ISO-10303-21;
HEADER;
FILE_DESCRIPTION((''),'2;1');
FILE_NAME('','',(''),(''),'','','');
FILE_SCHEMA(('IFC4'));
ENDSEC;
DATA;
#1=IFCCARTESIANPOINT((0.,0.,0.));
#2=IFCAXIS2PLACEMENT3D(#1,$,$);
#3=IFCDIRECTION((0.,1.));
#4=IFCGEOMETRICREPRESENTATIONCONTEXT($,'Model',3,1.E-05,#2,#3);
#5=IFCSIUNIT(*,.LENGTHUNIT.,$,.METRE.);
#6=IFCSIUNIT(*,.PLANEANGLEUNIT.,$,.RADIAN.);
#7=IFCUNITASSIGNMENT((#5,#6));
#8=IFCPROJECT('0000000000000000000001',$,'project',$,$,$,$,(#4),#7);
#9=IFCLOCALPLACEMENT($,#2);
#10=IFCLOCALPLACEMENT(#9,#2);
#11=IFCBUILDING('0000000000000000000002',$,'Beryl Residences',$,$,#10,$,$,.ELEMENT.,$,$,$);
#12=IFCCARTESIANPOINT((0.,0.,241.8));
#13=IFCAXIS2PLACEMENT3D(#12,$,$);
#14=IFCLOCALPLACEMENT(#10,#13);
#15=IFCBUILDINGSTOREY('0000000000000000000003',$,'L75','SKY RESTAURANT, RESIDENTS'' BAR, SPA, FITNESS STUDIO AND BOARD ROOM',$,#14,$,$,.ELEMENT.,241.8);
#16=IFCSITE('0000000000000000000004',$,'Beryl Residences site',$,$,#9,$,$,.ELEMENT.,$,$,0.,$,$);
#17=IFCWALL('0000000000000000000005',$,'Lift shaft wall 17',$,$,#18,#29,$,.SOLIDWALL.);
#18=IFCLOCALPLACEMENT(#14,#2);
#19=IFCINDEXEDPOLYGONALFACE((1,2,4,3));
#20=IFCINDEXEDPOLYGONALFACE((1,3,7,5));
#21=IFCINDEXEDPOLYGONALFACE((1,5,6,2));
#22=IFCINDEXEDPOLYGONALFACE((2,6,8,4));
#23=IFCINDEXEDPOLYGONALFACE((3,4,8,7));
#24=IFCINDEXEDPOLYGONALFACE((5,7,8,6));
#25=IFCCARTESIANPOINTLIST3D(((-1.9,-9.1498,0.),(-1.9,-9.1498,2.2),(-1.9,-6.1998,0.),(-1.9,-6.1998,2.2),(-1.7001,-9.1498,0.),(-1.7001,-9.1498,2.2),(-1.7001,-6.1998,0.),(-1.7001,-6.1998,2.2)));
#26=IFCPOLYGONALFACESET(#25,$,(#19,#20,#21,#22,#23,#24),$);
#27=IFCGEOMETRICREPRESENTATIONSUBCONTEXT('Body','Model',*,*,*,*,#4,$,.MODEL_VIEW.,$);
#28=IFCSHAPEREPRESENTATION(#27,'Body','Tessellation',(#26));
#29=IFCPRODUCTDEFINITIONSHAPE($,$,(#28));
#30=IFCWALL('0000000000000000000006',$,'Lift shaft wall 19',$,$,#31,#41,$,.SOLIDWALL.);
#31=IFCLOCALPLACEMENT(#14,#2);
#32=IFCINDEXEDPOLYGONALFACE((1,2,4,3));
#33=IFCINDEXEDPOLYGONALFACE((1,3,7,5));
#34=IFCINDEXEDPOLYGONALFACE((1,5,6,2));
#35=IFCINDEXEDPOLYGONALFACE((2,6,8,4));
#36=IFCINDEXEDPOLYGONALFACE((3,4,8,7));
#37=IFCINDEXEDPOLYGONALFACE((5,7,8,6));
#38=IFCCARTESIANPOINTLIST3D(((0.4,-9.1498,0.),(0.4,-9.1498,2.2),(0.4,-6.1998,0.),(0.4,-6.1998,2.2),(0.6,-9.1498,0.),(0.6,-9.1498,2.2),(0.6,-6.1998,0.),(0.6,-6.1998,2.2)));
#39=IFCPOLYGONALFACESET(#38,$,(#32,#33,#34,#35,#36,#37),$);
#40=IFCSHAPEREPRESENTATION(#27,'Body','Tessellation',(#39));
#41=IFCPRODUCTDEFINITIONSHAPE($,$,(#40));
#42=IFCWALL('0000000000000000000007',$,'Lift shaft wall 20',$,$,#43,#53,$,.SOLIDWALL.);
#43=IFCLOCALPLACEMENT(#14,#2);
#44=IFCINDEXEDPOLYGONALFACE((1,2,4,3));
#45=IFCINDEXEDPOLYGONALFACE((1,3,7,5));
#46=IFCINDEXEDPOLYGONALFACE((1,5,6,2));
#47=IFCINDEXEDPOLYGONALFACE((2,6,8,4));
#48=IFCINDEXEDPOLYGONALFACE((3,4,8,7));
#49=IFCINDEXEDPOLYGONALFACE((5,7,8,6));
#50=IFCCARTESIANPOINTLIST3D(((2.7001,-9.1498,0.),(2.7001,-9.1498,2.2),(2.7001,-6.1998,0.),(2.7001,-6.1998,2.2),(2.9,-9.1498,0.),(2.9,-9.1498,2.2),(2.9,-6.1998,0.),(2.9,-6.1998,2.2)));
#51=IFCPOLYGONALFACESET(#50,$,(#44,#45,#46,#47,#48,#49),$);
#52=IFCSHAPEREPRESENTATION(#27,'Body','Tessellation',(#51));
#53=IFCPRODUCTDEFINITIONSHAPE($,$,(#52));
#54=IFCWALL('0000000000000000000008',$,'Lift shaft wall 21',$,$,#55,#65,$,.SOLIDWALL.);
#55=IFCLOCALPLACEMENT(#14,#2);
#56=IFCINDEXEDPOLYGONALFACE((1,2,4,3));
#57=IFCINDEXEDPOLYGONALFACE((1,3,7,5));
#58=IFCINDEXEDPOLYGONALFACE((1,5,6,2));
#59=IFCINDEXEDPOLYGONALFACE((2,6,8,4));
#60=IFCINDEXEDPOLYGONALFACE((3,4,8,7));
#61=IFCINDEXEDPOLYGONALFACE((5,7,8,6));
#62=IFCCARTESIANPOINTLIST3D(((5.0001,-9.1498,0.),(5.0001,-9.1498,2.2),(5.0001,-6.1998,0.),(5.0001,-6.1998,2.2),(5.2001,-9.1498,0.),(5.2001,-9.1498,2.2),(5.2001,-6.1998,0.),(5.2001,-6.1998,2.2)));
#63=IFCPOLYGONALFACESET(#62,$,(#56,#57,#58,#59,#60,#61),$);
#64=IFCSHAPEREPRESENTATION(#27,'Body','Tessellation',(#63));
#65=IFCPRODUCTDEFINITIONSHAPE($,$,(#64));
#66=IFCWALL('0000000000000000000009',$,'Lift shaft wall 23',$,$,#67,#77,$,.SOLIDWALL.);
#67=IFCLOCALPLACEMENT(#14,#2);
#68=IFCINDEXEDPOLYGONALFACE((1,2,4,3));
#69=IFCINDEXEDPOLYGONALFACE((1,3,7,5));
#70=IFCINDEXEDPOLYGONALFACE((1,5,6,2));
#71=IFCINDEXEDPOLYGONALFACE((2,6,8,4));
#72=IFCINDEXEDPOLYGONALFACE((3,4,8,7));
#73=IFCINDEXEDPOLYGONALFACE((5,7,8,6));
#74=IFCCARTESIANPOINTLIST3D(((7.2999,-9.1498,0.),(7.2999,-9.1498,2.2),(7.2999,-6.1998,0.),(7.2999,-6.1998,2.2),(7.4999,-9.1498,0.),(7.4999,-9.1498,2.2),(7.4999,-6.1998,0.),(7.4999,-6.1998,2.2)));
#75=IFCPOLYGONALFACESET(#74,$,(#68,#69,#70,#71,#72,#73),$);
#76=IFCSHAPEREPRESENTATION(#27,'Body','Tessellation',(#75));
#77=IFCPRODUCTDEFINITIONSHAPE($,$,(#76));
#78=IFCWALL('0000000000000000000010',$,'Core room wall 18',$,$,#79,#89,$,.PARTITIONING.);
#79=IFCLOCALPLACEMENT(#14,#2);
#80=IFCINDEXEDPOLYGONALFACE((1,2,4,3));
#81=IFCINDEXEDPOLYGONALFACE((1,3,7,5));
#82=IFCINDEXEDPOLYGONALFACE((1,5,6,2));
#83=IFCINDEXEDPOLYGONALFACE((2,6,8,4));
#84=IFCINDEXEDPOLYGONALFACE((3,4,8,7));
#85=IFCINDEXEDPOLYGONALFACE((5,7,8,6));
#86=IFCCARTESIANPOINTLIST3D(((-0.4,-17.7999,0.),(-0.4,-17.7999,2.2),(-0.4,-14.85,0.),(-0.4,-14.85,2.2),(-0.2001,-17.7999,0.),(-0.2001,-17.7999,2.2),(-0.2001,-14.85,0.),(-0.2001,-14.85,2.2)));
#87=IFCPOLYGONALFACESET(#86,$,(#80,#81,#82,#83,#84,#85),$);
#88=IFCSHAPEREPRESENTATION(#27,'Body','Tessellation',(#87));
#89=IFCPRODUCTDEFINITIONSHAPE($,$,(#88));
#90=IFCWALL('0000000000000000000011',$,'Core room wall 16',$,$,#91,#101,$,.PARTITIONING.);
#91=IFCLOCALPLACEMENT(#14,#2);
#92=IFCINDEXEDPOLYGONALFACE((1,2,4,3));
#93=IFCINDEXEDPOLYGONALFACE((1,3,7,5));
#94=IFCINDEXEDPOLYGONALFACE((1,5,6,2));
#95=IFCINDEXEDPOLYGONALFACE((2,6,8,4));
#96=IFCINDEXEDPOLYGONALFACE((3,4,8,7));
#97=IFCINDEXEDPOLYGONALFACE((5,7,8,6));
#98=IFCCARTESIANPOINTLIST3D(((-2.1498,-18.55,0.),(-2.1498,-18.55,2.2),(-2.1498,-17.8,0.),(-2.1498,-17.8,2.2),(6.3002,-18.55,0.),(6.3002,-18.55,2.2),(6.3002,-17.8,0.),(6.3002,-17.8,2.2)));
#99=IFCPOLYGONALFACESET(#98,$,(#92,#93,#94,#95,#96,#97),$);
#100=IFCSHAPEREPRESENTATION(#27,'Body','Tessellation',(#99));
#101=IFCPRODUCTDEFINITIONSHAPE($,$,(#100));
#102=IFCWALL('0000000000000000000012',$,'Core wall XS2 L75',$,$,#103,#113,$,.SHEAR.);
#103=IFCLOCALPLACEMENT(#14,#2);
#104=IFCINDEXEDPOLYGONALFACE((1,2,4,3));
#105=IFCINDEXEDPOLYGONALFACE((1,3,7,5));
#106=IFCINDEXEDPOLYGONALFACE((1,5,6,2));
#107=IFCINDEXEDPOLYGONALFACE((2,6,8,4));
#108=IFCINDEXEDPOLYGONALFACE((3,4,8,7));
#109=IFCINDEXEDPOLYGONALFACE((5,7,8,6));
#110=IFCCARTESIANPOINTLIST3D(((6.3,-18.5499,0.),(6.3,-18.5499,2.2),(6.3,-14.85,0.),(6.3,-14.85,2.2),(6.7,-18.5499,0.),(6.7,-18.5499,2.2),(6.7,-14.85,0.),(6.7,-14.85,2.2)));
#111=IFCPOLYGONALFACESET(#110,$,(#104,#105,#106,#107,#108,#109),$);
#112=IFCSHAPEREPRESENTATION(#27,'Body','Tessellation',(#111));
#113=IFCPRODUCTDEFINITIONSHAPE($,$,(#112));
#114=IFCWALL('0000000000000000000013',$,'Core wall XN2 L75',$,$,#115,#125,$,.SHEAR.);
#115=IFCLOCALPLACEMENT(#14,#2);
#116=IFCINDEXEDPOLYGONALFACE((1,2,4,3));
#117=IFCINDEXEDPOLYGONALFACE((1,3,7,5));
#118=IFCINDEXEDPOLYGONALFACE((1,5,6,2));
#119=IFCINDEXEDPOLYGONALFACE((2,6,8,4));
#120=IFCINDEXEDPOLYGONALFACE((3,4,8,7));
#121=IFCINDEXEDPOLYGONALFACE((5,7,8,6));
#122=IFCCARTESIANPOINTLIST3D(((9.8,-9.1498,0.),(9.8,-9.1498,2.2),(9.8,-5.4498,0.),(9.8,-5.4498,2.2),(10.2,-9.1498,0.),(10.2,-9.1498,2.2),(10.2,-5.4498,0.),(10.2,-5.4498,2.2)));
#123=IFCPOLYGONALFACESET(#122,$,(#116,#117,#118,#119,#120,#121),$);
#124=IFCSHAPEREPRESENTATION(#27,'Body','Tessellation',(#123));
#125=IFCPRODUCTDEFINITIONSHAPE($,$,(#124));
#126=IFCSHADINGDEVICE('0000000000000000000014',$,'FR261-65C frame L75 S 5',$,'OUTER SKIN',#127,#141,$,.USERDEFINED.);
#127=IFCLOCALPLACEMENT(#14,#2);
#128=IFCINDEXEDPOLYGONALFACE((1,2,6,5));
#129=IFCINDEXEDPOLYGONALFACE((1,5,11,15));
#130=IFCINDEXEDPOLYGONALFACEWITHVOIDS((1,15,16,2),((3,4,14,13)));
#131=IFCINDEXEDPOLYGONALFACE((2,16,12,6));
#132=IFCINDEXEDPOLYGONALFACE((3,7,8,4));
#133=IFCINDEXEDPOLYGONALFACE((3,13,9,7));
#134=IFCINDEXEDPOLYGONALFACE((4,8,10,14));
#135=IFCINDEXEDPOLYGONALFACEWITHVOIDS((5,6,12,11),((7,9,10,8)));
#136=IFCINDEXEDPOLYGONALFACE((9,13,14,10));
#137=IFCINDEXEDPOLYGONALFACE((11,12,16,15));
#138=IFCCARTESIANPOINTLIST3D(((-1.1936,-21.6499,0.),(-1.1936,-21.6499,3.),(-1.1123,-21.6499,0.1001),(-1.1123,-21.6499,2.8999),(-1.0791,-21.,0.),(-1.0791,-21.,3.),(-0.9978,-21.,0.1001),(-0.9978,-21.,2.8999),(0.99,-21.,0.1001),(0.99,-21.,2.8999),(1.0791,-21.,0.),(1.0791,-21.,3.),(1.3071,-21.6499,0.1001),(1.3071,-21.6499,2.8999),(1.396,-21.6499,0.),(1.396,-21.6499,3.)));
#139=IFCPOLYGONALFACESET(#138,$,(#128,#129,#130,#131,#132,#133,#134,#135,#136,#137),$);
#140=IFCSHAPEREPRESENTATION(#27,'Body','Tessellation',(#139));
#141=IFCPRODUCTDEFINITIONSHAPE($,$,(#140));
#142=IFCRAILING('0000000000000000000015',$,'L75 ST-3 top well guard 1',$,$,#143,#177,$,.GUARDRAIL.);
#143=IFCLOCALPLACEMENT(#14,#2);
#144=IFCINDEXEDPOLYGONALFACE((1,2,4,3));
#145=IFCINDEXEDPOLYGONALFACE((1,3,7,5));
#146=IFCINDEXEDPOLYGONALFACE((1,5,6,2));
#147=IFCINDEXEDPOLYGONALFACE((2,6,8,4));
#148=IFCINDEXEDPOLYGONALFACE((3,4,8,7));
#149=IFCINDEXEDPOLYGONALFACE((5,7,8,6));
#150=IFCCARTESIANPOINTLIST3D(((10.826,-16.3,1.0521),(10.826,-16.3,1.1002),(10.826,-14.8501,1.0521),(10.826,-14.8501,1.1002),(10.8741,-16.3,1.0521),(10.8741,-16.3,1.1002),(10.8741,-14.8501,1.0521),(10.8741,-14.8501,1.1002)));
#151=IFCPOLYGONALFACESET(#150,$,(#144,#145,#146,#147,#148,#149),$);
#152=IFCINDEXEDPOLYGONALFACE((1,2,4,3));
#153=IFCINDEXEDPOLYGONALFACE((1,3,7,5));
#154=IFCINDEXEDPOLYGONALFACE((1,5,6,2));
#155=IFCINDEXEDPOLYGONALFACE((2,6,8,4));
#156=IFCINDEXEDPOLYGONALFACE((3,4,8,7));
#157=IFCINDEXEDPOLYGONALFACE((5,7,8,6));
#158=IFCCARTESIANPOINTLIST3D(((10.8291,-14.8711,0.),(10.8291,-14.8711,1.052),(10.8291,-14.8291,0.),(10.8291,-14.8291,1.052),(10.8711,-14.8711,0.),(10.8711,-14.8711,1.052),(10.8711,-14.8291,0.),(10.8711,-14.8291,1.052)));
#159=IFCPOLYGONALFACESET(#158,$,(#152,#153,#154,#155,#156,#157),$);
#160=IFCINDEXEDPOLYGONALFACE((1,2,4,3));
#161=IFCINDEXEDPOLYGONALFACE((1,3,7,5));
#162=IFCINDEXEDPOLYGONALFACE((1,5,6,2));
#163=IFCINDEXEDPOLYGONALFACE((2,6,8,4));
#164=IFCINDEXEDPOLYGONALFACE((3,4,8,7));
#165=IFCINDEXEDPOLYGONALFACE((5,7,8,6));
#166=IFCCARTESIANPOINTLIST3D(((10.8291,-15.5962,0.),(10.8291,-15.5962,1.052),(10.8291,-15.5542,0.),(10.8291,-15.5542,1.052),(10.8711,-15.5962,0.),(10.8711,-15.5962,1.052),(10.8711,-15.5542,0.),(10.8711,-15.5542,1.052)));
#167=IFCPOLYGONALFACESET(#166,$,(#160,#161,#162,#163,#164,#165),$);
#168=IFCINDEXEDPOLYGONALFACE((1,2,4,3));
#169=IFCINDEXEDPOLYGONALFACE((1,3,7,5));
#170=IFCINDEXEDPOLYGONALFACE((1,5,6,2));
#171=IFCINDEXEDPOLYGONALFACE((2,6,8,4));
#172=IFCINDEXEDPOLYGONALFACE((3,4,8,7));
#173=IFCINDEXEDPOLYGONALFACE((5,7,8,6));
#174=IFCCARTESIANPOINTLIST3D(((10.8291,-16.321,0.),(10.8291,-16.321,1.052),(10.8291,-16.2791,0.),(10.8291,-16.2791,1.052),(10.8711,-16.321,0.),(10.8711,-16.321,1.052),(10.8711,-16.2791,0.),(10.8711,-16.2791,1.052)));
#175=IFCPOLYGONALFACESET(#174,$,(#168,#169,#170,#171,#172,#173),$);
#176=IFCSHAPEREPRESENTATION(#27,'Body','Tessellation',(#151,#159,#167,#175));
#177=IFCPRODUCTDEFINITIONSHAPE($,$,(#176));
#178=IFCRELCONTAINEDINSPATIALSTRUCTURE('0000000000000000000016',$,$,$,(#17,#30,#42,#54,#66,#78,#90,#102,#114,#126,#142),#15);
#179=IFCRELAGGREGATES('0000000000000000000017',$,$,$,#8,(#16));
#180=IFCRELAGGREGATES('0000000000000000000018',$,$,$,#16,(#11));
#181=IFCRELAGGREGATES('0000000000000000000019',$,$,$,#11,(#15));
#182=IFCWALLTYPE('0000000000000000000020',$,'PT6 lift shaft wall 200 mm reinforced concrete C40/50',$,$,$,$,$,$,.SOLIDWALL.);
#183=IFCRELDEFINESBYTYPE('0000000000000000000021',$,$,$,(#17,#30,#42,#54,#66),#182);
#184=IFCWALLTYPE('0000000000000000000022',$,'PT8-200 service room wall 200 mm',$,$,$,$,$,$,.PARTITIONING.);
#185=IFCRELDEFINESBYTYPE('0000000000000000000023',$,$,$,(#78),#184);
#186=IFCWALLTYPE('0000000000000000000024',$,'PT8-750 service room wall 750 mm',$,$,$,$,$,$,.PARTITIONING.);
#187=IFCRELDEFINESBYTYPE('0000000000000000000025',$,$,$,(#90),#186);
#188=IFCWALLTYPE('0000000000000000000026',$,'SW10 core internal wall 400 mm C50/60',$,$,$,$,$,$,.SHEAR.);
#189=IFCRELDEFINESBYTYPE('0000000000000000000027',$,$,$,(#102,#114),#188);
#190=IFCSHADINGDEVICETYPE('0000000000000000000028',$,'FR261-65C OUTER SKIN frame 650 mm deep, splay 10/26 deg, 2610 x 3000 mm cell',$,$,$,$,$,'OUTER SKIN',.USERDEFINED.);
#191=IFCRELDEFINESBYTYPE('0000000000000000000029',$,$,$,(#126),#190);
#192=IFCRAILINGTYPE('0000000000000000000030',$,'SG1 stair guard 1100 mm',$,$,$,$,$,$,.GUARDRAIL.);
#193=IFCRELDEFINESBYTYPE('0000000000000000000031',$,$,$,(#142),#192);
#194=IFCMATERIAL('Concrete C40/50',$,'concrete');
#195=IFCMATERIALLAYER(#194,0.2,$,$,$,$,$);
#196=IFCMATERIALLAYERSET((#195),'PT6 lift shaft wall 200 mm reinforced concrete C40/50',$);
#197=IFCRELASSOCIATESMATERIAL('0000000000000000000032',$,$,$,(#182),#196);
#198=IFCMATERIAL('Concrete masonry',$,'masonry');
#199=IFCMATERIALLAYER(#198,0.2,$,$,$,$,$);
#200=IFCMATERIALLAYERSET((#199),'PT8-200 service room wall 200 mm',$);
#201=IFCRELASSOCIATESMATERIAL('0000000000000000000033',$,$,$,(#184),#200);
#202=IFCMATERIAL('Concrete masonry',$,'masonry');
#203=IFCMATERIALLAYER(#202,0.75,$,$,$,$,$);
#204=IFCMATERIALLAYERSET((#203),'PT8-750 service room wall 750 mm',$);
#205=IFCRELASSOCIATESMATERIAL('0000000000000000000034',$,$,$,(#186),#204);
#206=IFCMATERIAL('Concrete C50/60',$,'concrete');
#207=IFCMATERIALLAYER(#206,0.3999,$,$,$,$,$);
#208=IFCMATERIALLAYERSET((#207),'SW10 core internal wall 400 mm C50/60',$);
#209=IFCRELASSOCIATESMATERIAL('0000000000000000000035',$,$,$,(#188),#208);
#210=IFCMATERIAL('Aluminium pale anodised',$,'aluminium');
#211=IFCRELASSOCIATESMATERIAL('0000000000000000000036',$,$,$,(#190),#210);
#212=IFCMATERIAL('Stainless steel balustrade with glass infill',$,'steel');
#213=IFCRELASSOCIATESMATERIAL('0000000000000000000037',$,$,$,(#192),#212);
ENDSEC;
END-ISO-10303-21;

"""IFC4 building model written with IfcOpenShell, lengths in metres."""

from ifc_helpers import new_model, entity, si_unit, direction, frame, frame_2d, origin, origin_2d, place, context, subcontext, project, spatial, rectangle, extrude, source, transform, mapped, material, layer, layer_set, type_object, type_shapes, element, save


model = new_model("IFC4")

# Units and contexts
model_context = context("Model", 3, precision=1e-05, world=origin(), true_north=direction((0.0, 1.0)))
body_context = subcontext(model_context, "Body", "Model", "MODEL_VIEW")
ifc_project = project(units=[si_unit("LENGTHUNIT", "METRE"), si_unit("PLANEANGLEUNIT", "RADIAN")], contexts=[model_context])

# Site, building, storey
site_placement = place(None, origin())
site = spatial("IfcSite", under=ifc_project, at=site_placement, Name="Beryl Residences site", CompositionType="ELEMENT", RefElevation=0.0)
building_placement = place(site_placement, origin())
building = spatial("IfcBuilding", under=site, at=building_placement, Name="Beryl Residences", CompositionType="ELEMENT")
storey_placement = place(building_placement, frame((0.0, 0.0, 241.8)))
storey = spatial("IfcBuildingStorey", under=building, at=storey_placement, Name="L75", Description="SKY RESTAURANT, RESIDENTS' BAR, SPA, FITNESS STUDIO AND BOARD ROOM", CompositionType="ELEMENT", Elevation=241.8)

# Walls
ifc_material_1 = material(Name="Concrete C40/50", Category="concrete")
ifc_layer_1 = layer(ifc_material_1, 0.2)
ifc_layer_set_1 = layer_set([ifc_layer_1], Name="PT6 lift shaft wall 200 mm reinforced concrete C40/50")
wall_type_1 = type_object("IfcWallType", Name="PT6 lift shaft wall 200 mm reinforced concrete C40/50", PredefinedType="SOLIDWALL", material=ifc_layer_set_1)
for number, where, z_axis, x_axis, name in (
    (1, (-1.8, -9.1499, 0.0), (0.0, 0.0, 1.0), (0.0, 1.0, 0.0), "Lift shaft wall 17"),
    (2, (0.5, -9.1499, 0.0), (0.0, 0.0, 1.0), (0.0, 1.0, 0.0), "Lift shaft wall 19"),
    (3, (2.8, -9.1499, 0.0), (0.0, 0.0, 1.0), (0.0, 1.0, 0.0), "Lift shaft wall 20"),
    (4, (5.1001, -9.1499, 0.0), (0.0, 0.0, 1.0), (0.0, 1.0, 0.0), "Lift shaft wall 21"),
    (5, (7.3999, -9.1499, 0.0), (0.0, 0.0, 1.0), (0.0, 1.0, 0.0), "Lift shaft wall 23"),
):
    element("IfcWall", number, at=place(storey_placement, frame(where, z_axis=z_axis, x_axis=x_axis)), inside=storey, type_object=wall_type_1, Name=name, PredefinedType="SOLIDWALL", context=body_context, shape_type="SweptSolid", body=[
        extrude(rectangle(XDim=2.95, YDim=0.2, at=frame_2d((1.4751, 0.0))), origin(), (0.0, 0.0, 1.0), 2.2),
    ])
ifc_material_2 = material(Name="Concrete masonry", Category="masonry")
ifc_layer_2 = layer(ifc_material_2, 0.2)
ifc_layer_set_2 = layer_set([ifc_layer_2], Name="PT8-200 service room wall 200 mm")
wall_type_2 = type_object("IfcWallType", Name="PT8-200 service room wall 200 mm", PredefinedType="PARTITIONING", material=ifc_layer_set_2)
wall_1_placement = place(storey_placement, frame((-0.3, -17.8, 0.0), z_axis=(0.0, 0.0, 1.0), x_axis=(0.0, 1.0, 0.0)))
element("IfcWall", 6, at=wall_1_placement, inside=storey, type_object=wall_type_2, Name="Core room wall 18", PredefinedType="PARTITIONING", context=body_context, shape_type="SweptSolid", body=[
    extrude(rectangle(XDim=2.95, YDim=0.2, at=frame_2d((1.4751, 0.0))), origin(), (0.0, 0.0, 1.0), 2.2),
])
ifc_material_3 = material(Name="Concrete masonry", Category="masonry")
ifc_layer_3 = layer(ifc_material_3, 0.75)
ifc_layer_set_3 = layer_set([ifc_layer_3], Name="PT8-750 service room wall 750 mm")
wall_type_3 = type_object("IfcWallType", Name="PT8-750 service room wall 750 mm", PredefinedType="PARTITIONING", material=ifc_layer_set_3)
wall_2_placement = place(storey_placement, frame((-2.1499, -18.175, 0.0), z_axis=(0.0, 0.0, 1.0), x_axis=(1.0, 0.0, 0.0)))
element("IfcWall", 7, at=wall_2_placement, inside=storey, type_object=wall_type_3, Name="Core room wall 16", PredefinedType="PARTITIONING", context=body_context, shape_type="SweptSolid", body=[
    extrude(rectangle(XDim=8.45, YDim=0.75, at=frame_2d((4.2251, 0.0))), origin(), (0.0, 0.0, 1.0), 2.2),
])
ifc_material_4 = material(Name="Concrete C50/60", Category="concrete")
ifc_layer_4 = layer(ifc_material_4, 0.3999)
ifc_layer_set_4 = layer_set([ifc_layer_4], Name="SW10 core internal wall 400 mm C50/60")
wall_type_4 = type_object("IfcWallType", Name="SW10 core internal wall 400 mm C50/60", PredefinedType="SHEAR", material=ifc_layer_set_4)
for number, where, z_axis, x_axis, name in (
    (8, (6.5, -18.55, 0.0), (0.0, 0.0, 1.0), (0.0, 1.0, 0.0), "Core wall XS2 L75"),
    (9, (10.0, -9.1499, 0.0), (0.0, 0.0, 1.0), (0.0, 1.0, 0.0), "Core wall XN2 L75"),
):
    element("IfcWall", number, at=place(storey_placement, frame(where, z_axis=z_axis, x_axis=x_axis)), inside=storey, type_object=wall_type_4, Name=name, PredefinedType="SHEAR", context=body_context, shape_type="SweptSolid", body=[
        extrude(rectangle(XDim=3.7, YDim=0.3999, at=frame_2d((1.8501, 0.0))), origin(), (0.0, 0.0, 1.0), 2.2),
    ])

# Shading device
ifc_material_5 = material(Name="Aluminium pale anodised", Category="aluminium")
shading_device_type_1 = type_object("IfcShadingDeviceType", Name="FR261-65C OUTER SKIN frame 650 mm deep, splay 10/26 deg, 2610 x 3000 mm cell", ElementType="OUTER SKIN", PredefinedType="USERDEFINED", material=ifc_material_5)
cartesian_point_1 = entity("IfcCartesianPoint", [-1.0791, 0.0])
cartesian_point_2 = entity("IfcCartesianPoint", [-0.9978, 0.1001])
cartesian_point_3 = entity("IfcCartesianPoint", [-1.1936, 0.0])
cartesian_point_4 = entity("IfcCartesianPoint", [-1.1123, 0.1001])
shared_shape_1 = source(origin(), body_context, "Body", "SweptSolid", [
    entity("IfcExtrudedAreaSolidTapered", entity("IfcArbitraryProfileDefWithVoids", "AREA", None, entity("IfcPolyline", [cartesian_point_1, entity("IfcCartesianPoint", [1.0791, 0.0]), entity("IfcCartesianPoint", [1.0791, 3.0]), entity("IfcCartesianPoint", [-1.0791, 3.0]), cartesian_point_1]), [entity("IfcPolyline", [cartesian_point_2, entity("IfcCartesianPoint", [0.99, 0.1001]), entity("IfcCartesianPoint", [0.99, 2.8999]), entity("IfcCartesianPoint", [-0.9978, 2.8999]), cartesian_point_2])]), entity("IfcAxis2Placement3D", entity("IfcCartesianPoint", [0.0, 0.0, 0.0]), entity("IfcDirection", [0.0, 1.0, 0.0]), entity("IfcDirection", [-1.0, 0.0, 0.0])), entity("IfcDirection", [0.0, 0.0, 1.0]), 0.6499, entity("IfcArbitraryProfileDefWithVoids", "AREA", None, entity("IfcPolyline", [cartesian_point_3, entity("IfcCartesianPoint", [1.396, 0.0]), entity("IfcCartesianPoint", [1.396, 3.0]), entity("IfcCartesianPoint", [-1.1936, 3.0]), cartesian_point_3]), [entity("IfcPolyline", [cartesian_point_4, entity("IfcCartesianPoint", [1.3071, 0.1001]), entity("IfcCartesianPoint", [1.3071, 2.8999]), entity("IfcCartesianPoint", [-1.1123, 2.8999]), cartesian_point_4])])),
])
type_shapes(shading_device_type_1, [shared_shape_1])
for number, where, z_axis, x_axis, name in (
    (10, (0.0, -21.0, 0.0), (0.0, 0.0, 1.0), (-1.0, 0.0, 0.0), "FR261-65C frame L75 S 5"),
):
    element("IfcShadingDevice", number, at=place(storey_placement, frame(where, z_axis=z_axis, x_axis=x_axis)), inside=storey, type_object=shading_device_type_1, Name=name, ObjectType="OUTER SKIN", PredefinedType="USERDEFINED", context=body_context, shape_type="MappedRepresentation", body=[
        mapped(shared_shape_1, transform((0.0, 0.0, 0.0))),
    ])

# Railing
ifc_material_6 = material(Name="Stainless steel balustrade with glass infill", Category="steel")
railing_type = type_object("IfcRailingType", Name="SG1 stair guard 1100 mm", PredefinedType="GUARDRAIL", material=ifc_material_6)
railing_1_placement = place(storey_placement, frame((10.8501, -14.8501, 0.0)))
element("IfcRailing", 11, at=railing_1_placement, inside=storey, type_object=railing_type, Name="L75 ST-3 top well guard 1", PredefinedType="GUARDRAIL", context=body_context, shape_type="SweptSolid", body=[
    extrude(rectangle(XDim=0.0481, YDim=0.0481, at=origin_2d()), frame((0.0, 0.0, 1.0762), z_axis=(0.0, -1.0, 0.0), x_axis=(1.0, 0.0, 0.0)), (0.0, 0.0, 1.0), 1.45),
    extrude(rectangle(XDim=0.042, YDim=0.042, at=origin_2d()), origin(), (0.0, 0.0, 1.0), 1.052),
    extrude(rectangle(XDim=0.042, YDim=0.042, at=origin_2d()), frame((0.0, -0.7251, 0.0)), (0.0, 0.0, 1.0), 1.052),
    extrude(rectangle(XDim=0.042, YDim=0.042, at=origin_2d()), frame((0.0, -1.45, 0.0)), (0.0, 0.0, 1.0), 1.052),
])

save(model, "model.ifc")
